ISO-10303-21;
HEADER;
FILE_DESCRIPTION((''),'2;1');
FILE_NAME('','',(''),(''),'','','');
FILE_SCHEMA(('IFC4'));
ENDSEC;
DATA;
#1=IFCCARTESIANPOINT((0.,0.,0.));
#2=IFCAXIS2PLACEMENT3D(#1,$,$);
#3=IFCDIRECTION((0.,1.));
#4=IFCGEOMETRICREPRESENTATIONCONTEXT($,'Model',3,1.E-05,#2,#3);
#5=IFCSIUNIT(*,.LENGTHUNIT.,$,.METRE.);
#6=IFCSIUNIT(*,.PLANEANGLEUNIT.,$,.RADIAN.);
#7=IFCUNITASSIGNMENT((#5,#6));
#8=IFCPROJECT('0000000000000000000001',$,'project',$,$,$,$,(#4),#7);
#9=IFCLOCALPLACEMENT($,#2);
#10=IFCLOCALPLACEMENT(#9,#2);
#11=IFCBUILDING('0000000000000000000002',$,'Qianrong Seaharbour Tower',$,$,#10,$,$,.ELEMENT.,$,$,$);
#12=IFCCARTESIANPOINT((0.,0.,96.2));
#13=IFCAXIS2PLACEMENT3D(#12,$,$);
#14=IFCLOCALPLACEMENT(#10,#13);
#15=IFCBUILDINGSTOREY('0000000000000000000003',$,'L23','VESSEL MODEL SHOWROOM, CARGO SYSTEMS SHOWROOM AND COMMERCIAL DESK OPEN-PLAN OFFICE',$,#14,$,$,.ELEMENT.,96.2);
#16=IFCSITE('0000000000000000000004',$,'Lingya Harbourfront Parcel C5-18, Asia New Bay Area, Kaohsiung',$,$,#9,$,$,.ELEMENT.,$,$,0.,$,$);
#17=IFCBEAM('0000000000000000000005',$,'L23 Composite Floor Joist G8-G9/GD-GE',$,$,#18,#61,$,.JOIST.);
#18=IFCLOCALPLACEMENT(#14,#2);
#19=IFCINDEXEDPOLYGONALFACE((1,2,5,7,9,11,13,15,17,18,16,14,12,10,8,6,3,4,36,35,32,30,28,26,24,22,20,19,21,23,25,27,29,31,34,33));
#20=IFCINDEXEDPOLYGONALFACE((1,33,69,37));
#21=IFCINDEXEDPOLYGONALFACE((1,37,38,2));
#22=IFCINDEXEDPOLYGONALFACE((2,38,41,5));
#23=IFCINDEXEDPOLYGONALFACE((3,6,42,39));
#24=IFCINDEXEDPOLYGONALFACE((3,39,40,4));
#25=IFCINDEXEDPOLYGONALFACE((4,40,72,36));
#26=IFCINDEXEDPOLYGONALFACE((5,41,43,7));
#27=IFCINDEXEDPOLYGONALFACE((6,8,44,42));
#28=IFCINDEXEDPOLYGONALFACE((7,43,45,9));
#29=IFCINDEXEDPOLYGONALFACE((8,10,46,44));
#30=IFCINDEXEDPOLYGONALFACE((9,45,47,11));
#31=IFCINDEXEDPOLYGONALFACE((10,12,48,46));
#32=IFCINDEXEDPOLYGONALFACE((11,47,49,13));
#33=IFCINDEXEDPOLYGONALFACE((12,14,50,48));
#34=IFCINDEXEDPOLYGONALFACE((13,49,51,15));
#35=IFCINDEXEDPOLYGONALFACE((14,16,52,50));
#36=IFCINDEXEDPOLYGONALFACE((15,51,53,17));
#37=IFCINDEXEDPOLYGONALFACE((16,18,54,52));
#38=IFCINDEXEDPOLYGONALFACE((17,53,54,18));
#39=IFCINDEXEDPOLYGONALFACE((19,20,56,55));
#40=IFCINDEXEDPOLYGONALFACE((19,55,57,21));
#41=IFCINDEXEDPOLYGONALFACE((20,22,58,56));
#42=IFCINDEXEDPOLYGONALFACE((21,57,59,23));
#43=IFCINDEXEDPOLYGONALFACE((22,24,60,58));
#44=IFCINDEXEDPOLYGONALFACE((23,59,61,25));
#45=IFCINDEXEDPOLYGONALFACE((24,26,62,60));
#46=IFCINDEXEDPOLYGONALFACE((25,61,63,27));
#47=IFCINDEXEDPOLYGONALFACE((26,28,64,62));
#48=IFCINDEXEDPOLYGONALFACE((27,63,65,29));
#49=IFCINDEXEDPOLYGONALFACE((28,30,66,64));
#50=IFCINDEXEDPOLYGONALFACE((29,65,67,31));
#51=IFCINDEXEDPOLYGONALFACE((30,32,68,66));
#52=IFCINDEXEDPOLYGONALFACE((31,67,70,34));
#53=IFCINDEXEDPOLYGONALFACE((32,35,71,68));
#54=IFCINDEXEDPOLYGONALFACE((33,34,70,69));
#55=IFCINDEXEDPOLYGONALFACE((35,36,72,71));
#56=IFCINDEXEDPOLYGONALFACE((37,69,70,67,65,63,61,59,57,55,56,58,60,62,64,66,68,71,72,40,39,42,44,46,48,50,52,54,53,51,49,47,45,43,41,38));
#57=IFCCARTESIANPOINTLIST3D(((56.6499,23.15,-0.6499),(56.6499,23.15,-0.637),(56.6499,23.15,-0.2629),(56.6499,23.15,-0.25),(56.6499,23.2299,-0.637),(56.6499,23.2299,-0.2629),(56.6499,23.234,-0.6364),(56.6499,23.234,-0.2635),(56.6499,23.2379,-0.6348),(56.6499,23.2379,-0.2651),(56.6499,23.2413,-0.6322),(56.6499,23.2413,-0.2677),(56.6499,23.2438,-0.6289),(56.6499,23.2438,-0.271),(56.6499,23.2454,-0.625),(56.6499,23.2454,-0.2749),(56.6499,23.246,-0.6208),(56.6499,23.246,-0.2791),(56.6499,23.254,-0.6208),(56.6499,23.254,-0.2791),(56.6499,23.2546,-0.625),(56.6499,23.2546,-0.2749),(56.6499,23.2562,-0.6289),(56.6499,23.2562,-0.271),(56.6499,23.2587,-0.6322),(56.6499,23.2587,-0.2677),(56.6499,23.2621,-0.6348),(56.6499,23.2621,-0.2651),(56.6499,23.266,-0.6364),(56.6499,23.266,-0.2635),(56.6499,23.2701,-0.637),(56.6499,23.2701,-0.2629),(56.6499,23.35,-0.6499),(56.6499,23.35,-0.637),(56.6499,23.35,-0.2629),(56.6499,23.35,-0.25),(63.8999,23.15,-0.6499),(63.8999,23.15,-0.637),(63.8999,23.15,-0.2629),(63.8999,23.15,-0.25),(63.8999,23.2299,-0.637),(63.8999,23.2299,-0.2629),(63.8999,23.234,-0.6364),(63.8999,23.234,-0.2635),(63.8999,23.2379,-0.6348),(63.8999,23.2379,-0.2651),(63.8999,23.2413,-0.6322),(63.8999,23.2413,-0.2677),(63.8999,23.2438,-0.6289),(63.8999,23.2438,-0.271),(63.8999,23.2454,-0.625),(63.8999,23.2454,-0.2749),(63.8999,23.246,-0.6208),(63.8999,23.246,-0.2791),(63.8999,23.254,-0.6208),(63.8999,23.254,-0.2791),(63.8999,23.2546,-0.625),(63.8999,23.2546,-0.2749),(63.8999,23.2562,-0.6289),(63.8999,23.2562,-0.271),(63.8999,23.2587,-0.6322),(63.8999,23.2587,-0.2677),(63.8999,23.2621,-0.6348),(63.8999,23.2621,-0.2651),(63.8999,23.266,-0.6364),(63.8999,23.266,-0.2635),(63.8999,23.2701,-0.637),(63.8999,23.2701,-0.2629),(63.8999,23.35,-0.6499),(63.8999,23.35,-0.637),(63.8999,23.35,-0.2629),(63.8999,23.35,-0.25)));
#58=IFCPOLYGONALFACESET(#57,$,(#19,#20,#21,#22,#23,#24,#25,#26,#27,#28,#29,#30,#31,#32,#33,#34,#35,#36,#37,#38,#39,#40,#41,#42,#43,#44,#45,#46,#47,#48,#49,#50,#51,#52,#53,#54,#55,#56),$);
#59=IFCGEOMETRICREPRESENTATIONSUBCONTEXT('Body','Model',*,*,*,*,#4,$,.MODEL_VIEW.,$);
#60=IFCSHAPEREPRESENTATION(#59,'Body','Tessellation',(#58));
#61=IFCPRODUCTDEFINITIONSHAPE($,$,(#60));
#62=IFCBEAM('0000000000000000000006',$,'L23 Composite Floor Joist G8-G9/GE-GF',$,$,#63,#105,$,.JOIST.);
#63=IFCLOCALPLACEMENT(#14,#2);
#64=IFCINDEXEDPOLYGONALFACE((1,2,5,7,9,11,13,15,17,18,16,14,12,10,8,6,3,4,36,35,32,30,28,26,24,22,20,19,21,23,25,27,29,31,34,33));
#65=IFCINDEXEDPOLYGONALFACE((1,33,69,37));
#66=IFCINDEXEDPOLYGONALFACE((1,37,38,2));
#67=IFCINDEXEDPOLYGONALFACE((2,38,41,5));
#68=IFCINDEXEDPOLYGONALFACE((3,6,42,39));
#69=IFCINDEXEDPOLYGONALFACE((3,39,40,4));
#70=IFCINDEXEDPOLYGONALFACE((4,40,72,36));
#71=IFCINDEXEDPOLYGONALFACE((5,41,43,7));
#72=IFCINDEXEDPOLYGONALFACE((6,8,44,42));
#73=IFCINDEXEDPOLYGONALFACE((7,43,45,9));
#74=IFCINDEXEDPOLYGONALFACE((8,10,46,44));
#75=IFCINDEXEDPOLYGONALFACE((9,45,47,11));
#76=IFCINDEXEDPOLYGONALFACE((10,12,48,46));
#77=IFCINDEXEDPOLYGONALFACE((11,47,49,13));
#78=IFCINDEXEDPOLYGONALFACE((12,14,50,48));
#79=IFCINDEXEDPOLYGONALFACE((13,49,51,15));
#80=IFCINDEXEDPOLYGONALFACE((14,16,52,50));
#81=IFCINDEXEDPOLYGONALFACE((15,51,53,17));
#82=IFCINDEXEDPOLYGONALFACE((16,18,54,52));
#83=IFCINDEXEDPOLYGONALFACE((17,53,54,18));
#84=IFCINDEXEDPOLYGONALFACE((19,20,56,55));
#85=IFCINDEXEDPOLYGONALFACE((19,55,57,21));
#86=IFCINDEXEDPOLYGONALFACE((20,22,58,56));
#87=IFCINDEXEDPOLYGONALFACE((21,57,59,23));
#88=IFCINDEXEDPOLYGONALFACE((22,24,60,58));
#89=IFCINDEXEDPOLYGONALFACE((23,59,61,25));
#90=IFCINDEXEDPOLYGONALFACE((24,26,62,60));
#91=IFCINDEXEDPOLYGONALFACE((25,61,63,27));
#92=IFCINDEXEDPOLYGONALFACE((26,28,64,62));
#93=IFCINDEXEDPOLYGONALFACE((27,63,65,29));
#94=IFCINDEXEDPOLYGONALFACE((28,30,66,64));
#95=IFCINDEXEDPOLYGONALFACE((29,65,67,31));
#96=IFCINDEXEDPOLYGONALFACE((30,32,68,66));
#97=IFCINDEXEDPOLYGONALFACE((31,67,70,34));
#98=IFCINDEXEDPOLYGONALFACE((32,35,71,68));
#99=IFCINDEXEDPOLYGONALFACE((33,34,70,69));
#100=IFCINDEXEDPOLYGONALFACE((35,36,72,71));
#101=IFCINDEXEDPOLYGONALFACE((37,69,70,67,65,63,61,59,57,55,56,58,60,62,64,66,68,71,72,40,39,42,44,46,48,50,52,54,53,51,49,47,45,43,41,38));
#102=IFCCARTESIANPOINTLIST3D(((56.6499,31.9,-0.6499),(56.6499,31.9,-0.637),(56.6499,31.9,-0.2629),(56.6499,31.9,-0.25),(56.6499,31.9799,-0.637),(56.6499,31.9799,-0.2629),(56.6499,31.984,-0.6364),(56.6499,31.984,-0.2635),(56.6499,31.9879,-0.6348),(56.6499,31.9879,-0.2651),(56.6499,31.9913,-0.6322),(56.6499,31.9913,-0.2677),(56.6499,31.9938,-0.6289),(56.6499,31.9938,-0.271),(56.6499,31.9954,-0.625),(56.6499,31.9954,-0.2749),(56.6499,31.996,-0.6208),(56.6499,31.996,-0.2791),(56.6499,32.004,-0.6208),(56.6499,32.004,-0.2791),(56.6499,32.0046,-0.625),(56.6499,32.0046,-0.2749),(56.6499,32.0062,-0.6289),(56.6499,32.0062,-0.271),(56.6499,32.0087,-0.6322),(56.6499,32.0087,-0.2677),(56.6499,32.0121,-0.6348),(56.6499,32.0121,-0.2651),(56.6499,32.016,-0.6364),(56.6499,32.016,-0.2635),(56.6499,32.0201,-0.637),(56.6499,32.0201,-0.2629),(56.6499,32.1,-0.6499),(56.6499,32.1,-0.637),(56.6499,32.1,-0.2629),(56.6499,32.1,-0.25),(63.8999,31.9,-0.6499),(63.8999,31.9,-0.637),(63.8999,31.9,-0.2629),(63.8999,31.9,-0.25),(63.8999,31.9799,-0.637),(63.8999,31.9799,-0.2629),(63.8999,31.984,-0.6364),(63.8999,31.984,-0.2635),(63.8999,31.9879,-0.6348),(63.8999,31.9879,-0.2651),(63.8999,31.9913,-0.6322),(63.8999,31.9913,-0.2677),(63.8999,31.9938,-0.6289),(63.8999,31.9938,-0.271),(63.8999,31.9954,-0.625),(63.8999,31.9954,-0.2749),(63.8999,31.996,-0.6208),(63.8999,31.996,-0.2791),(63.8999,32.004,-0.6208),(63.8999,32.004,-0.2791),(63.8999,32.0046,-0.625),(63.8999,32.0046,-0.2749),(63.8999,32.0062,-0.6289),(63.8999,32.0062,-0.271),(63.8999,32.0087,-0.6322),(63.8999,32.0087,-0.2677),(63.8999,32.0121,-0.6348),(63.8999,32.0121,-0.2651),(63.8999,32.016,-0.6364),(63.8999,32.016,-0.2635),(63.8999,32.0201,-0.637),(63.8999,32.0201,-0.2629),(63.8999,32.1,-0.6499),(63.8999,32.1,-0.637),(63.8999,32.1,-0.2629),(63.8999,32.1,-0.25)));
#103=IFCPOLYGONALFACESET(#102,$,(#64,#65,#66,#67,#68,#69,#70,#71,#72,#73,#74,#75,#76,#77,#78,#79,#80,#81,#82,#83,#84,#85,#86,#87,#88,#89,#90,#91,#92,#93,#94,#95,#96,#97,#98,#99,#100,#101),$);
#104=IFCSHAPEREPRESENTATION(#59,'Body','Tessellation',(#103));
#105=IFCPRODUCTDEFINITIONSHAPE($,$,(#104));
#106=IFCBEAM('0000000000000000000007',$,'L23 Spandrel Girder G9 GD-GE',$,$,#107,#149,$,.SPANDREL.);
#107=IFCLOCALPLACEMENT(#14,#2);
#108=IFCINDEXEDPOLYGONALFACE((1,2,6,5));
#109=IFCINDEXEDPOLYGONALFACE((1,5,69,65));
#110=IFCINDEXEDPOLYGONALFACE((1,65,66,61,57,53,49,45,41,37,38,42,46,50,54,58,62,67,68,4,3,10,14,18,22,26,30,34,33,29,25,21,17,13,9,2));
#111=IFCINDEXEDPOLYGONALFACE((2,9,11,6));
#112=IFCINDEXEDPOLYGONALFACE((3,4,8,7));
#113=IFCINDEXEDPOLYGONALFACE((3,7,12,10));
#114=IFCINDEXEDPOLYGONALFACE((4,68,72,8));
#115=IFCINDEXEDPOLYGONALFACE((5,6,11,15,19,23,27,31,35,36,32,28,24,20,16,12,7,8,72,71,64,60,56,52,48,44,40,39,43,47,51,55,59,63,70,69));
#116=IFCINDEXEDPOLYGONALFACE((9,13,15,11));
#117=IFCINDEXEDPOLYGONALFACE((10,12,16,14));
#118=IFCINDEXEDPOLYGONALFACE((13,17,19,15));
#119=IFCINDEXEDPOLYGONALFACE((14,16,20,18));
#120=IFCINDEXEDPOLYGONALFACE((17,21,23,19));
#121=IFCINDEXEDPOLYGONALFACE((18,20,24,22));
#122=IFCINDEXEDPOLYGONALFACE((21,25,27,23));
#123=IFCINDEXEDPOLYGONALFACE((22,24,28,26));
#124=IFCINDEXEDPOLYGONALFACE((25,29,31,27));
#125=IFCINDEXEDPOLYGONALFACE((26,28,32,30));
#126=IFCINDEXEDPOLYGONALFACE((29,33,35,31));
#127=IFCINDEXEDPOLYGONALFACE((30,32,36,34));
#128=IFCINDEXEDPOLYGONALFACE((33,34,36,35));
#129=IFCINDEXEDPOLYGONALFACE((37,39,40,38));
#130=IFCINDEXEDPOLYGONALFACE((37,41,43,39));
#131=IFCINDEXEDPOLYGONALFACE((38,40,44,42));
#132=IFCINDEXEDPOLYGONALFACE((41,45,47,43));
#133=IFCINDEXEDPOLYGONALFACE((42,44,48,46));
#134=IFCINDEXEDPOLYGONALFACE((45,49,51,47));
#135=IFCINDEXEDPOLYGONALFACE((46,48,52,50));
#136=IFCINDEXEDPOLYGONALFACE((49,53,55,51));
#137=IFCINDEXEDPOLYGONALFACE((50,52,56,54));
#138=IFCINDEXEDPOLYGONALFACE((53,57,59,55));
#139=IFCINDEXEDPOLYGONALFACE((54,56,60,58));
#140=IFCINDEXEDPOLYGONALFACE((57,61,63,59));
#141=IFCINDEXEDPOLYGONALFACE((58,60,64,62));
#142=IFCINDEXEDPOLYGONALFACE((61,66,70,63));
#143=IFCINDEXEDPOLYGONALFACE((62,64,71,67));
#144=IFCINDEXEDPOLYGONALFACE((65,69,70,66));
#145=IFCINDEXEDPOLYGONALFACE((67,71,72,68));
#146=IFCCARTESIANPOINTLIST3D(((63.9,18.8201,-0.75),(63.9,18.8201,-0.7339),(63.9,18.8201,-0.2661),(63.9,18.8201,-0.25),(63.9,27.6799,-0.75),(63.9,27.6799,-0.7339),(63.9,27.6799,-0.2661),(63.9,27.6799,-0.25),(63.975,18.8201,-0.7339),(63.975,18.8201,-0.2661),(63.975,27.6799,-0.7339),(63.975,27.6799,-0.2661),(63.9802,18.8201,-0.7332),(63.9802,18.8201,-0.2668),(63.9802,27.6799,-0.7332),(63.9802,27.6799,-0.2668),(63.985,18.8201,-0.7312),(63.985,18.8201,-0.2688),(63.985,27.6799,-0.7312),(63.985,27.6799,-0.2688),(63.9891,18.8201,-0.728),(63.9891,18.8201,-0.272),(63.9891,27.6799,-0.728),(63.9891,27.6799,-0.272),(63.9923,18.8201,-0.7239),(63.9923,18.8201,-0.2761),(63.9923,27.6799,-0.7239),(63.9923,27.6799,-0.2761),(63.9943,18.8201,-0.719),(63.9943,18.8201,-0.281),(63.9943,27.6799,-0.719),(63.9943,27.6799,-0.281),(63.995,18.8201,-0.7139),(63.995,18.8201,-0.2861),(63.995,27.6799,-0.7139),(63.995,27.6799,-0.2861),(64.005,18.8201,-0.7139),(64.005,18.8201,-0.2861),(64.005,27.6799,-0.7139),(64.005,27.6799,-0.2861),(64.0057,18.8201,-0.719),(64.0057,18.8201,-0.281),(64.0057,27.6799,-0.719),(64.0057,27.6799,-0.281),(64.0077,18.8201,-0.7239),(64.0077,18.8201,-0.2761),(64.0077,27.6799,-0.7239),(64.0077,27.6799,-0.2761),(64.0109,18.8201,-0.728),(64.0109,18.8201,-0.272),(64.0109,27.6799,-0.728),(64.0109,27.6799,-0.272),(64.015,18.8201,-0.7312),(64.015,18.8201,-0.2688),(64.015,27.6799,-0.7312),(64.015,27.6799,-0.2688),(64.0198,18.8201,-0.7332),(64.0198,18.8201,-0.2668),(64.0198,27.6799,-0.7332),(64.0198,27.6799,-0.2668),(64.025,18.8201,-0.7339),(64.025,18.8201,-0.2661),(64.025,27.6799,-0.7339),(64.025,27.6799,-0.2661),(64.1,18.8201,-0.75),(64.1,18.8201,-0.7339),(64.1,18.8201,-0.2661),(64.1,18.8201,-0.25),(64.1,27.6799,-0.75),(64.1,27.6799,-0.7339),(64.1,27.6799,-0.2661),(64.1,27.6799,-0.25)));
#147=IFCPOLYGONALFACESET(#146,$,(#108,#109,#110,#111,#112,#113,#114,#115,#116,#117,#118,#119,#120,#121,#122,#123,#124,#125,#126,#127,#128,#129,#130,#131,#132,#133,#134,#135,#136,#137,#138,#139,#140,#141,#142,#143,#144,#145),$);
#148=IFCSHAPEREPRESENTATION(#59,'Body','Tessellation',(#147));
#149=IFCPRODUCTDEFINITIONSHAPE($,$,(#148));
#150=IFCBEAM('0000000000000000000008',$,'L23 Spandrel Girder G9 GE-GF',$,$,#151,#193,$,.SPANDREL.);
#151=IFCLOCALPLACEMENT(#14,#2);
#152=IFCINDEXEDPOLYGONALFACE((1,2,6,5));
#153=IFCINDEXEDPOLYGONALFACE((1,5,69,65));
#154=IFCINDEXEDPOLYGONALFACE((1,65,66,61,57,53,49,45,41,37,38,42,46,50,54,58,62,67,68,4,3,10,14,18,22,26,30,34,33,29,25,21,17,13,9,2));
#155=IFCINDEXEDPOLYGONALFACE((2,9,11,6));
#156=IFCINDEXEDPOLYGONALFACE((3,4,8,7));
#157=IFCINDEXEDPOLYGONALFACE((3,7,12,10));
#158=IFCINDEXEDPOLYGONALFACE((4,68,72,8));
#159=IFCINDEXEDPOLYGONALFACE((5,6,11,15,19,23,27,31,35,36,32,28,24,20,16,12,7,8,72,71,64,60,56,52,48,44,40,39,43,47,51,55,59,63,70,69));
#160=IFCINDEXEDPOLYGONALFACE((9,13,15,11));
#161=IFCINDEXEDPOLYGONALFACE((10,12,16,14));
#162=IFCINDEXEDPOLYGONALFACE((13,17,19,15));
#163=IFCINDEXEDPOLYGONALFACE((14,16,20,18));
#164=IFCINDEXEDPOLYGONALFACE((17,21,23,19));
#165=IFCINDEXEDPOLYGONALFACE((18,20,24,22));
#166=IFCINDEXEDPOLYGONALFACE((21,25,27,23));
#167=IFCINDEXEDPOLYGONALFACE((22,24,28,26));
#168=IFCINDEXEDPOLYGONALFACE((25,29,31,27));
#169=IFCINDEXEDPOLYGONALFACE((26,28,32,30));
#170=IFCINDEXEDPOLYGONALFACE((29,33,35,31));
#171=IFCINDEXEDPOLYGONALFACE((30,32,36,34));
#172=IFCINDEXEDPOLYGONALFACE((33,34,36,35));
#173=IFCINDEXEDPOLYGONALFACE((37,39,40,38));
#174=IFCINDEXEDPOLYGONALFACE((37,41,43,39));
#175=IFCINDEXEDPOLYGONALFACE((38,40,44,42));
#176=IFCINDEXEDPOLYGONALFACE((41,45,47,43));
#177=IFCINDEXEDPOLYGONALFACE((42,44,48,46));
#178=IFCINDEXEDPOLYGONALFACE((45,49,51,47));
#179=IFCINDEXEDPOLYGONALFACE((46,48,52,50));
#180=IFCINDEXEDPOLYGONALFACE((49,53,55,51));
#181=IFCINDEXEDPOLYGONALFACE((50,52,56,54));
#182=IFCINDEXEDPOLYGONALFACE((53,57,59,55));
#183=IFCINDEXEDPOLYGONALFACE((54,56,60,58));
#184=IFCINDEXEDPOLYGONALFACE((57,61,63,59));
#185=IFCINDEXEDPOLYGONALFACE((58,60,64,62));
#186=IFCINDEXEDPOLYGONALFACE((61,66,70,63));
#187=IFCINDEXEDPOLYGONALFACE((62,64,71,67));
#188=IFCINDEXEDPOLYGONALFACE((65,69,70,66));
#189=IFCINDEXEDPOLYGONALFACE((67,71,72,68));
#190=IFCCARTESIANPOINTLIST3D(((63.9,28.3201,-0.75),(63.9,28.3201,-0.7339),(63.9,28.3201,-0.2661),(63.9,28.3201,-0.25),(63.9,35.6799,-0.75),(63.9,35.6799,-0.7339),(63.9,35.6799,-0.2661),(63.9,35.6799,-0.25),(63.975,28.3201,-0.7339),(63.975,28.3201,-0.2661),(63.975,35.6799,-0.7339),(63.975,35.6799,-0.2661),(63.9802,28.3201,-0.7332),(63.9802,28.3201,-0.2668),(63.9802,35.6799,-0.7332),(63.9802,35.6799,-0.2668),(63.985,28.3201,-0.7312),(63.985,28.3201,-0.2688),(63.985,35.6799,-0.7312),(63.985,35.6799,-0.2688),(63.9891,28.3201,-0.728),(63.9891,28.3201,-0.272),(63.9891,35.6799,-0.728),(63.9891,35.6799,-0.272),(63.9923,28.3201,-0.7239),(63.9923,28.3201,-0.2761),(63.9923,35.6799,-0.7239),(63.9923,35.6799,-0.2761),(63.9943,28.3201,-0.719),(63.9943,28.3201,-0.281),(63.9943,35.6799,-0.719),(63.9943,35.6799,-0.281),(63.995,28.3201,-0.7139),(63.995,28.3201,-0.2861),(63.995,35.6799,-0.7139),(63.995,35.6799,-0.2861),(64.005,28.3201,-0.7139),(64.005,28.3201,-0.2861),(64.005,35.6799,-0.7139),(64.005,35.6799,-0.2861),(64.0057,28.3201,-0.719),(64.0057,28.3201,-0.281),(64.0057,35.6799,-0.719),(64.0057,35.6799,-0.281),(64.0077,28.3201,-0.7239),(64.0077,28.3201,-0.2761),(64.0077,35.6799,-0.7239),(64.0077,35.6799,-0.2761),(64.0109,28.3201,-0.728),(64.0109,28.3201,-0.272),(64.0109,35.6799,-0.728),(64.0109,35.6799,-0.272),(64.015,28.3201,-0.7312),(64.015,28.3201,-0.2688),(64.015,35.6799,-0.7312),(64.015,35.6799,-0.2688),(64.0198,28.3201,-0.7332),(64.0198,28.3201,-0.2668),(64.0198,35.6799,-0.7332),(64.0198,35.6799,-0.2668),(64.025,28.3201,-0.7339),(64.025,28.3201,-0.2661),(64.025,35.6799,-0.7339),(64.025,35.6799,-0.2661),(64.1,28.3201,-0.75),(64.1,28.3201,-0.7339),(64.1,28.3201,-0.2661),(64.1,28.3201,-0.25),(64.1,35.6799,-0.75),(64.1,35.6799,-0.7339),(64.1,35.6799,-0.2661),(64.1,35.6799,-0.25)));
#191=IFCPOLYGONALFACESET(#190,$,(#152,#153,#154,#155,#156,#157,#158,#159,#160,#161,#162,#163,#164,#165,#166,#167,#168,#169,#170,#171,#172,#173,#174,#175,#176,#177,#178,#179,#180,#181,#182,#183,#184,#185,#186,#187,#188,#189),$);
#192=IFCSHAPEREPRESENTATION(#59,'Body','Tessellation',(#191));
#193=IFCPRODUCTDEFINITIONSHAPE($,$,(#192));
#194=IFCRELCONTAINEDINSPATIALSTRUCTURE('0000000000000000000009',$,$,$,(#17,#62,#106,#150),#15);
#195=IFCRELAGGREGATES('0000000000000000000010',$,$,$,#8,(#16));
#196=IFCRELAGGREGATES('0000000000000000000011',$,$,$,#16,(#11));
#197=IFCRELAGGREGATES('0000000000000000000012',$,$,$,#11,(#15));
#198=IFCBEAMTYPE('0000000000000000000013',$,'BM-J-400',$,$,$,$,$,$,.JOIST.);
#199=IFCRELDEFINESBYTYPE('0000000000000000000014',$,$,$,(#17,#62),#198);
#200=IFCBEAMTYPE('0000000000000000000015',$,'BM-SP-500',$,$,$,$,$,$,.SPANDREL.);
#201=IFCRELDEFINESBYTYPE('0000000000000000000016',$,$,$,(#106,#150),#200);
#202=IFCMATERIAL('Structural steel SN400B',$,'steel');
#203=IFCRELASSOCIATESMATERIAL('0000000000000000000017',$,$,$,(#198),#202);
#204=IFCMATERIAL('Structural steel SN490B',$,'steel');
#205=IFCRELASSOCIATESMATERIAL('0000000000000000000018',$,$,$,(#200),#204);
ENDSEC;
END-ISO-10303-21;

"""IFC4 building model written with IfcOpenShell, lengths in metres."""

from ifc_helpers import new_model, si_unit, direction, frame, origin, origin_2d, place, context, subcontext, project, spatial, i_section, extrude, material, material_profile, profile_set, type_object, element, save


model = new_model("IFC4")

# Units and contexts
model_context = context("Model", 3, precision=1e-05, world=origin(), true_north=direction((0.0, 1.0)))
body_context = subcontext(model_context, "Body", "Model", "MODEL_VIEW")
ifc_project = project(units=[si_unit("LENGTHUNIT", "METRE"), si_unit("PLANEANGLEUNIT", "RADIAN")], contexts=[model_context])

# Site, building, storey
site_placement = place(None, origin())
site = spatial("IfcSite", under=ifc_project, at=site_placement, Name="Lingya Harbourfront Parcel C5-18, Asia New Bay Area, Kaohsiung", CompositionType="ELEMENT", RefElevation=0.0)
building_placement = place(site_placement, origin())
building = spatial("IfcBuilding", under=site, at=building_placement, Name="Qianrong Seaharbour Tower", CompositionType="ELEMENT")
storey_placement = place(building_placement, frame((0.0, 0.0, 96.2)))
storey = spatial("IfcBuildingStorey", under=building, at=storey_placement, Name="L23", Description="VESSEL MODEL SHOWROOM, CARGO SYSTEMS SHOWROOM AND COMMERCIAL DESK OPEN-PLAN OFFICE", CompositionType="ELEMENT", Elevation=96.2)

# Shared definitions
ifc_material_1 = material(Name="Structural steel SN490B", Category="steel")

# Beams
ifc_material_2 = material(Name="Structural steel SN400B", Category="steel")
ifc_material_profile_1 = material_profile(ifc_material_2, i_section(OverallWidth=0.2, OverallDepth=0.3999, WebThickness=0.0081, FlangeThickness=0.0129, FilletRadius=0.0161, at=origin_2d()), Name="H400x200x8x13")
ifc_profile_set_1 = profile_set([ifc_material_profile_1], Name="Structural steel SN400B")
beam_type_1 = type_object("IfcBeamType", Name="BM-J-400", PredefinedType="JOIST", material=ifc_profile_set_1)
for number, where, z_axis, x_axis, name in (
    (1, (56.6499, 23.25, -0.45), (1.0, 0.0, 0.0), (0.0, 1.0, 0.0), "L23 Composite Floor Joist G8-G9/GD-GE"),
    (2, (56.6499, 32.0, -0.45), (1.0, 0.0, 0.0), (0.0, 1.0, 0.0), "L23 Composite Floor Joist G8-G9/GE-GF"),
):
    element("IfcBeam", number, at=place(storey_placement, frame(where, z_axis=z_axis, x_axis=x_axis)), inside=storey, type_object=beam_type_1, Name=name, PredefinedType="JOIST", context=body_context, shape_type="SweptSolid", body=[
        extrude(i_section(OverallWidth=0.2, OverallDepth=0.3999, WebThickness=0.0081, FlangeThickness=0.0129, FilletRadius=0.0161, at=origin_2d()), origin(), (0.0, 0.0, 1.0), 7.25),
    ])
ifc_material_profile_2 = material_profile(ifc_material_1, i_section(OverallWidth=0.2, OverallDepth=0.5, WebThickness=0.01, FlangeThickness=0.0161, FilletRadius=0.02, at=origin_2d()), Name="H500x200x10x16")
ifc_profile_set_2 = profile_set([ifc_material_profile_2], Name="Structural steel SN490B")
beam_type_2 = type_object("IfcBeamType", Name="BM-SP-500", PredefinedType="SPANDREL", material=ifc_profile_set_2)
beam_1_placement = place(storey_placement, frame((64.0, 18.8201, -0.5), z_axis=(0.0, 1.0, 0.0), x_axis=(-1.0, 0.0, 0.0)))
element("IfcBeam", 3, at=beam_1_placement, inside=storey, type_object=beam_type_2, Name="L23 Spandrel Girder G9 GD-GE", PredefinedType="SPANDREL", context=body_context, shape_type="SweptSolid", body=[
    extrude(i_section(OverallWidth=0.2, OverallDepth=0.5, WebThickness=0.01, FlangeThickness=0.0161, FilletRadius=0.02, at=origin_2d()), origin(), (0.0, 0.0, 1.0), 8.8599),
])
beam_2_placement = place(storey_placement, frame((64.0, 28.3201, -0.5), z_axis=(0.0, 1.0, 0.0), x_axis=(-1.0, 0.0, 0.0)))
element("IfcBeam", 4, at=beam_2_placement, inside=storey, type_object=beam_type_2, Name="L23 Spandrel Girder G9 GE-GF", PredefinedType="SPANDREL", context=body_context, shape_type="SweptSolid", body=[
    extrude(i_section(OverallWidth=0.2, OverallDepth=0.5, WebThickness=0.01, FlangeThickness=0.0161, FilletRadius=0.02, at=origin_2d()), origin(), (0.0, 0.0, 1.0), 7.3599),
])

save(model, "model.ifc")
